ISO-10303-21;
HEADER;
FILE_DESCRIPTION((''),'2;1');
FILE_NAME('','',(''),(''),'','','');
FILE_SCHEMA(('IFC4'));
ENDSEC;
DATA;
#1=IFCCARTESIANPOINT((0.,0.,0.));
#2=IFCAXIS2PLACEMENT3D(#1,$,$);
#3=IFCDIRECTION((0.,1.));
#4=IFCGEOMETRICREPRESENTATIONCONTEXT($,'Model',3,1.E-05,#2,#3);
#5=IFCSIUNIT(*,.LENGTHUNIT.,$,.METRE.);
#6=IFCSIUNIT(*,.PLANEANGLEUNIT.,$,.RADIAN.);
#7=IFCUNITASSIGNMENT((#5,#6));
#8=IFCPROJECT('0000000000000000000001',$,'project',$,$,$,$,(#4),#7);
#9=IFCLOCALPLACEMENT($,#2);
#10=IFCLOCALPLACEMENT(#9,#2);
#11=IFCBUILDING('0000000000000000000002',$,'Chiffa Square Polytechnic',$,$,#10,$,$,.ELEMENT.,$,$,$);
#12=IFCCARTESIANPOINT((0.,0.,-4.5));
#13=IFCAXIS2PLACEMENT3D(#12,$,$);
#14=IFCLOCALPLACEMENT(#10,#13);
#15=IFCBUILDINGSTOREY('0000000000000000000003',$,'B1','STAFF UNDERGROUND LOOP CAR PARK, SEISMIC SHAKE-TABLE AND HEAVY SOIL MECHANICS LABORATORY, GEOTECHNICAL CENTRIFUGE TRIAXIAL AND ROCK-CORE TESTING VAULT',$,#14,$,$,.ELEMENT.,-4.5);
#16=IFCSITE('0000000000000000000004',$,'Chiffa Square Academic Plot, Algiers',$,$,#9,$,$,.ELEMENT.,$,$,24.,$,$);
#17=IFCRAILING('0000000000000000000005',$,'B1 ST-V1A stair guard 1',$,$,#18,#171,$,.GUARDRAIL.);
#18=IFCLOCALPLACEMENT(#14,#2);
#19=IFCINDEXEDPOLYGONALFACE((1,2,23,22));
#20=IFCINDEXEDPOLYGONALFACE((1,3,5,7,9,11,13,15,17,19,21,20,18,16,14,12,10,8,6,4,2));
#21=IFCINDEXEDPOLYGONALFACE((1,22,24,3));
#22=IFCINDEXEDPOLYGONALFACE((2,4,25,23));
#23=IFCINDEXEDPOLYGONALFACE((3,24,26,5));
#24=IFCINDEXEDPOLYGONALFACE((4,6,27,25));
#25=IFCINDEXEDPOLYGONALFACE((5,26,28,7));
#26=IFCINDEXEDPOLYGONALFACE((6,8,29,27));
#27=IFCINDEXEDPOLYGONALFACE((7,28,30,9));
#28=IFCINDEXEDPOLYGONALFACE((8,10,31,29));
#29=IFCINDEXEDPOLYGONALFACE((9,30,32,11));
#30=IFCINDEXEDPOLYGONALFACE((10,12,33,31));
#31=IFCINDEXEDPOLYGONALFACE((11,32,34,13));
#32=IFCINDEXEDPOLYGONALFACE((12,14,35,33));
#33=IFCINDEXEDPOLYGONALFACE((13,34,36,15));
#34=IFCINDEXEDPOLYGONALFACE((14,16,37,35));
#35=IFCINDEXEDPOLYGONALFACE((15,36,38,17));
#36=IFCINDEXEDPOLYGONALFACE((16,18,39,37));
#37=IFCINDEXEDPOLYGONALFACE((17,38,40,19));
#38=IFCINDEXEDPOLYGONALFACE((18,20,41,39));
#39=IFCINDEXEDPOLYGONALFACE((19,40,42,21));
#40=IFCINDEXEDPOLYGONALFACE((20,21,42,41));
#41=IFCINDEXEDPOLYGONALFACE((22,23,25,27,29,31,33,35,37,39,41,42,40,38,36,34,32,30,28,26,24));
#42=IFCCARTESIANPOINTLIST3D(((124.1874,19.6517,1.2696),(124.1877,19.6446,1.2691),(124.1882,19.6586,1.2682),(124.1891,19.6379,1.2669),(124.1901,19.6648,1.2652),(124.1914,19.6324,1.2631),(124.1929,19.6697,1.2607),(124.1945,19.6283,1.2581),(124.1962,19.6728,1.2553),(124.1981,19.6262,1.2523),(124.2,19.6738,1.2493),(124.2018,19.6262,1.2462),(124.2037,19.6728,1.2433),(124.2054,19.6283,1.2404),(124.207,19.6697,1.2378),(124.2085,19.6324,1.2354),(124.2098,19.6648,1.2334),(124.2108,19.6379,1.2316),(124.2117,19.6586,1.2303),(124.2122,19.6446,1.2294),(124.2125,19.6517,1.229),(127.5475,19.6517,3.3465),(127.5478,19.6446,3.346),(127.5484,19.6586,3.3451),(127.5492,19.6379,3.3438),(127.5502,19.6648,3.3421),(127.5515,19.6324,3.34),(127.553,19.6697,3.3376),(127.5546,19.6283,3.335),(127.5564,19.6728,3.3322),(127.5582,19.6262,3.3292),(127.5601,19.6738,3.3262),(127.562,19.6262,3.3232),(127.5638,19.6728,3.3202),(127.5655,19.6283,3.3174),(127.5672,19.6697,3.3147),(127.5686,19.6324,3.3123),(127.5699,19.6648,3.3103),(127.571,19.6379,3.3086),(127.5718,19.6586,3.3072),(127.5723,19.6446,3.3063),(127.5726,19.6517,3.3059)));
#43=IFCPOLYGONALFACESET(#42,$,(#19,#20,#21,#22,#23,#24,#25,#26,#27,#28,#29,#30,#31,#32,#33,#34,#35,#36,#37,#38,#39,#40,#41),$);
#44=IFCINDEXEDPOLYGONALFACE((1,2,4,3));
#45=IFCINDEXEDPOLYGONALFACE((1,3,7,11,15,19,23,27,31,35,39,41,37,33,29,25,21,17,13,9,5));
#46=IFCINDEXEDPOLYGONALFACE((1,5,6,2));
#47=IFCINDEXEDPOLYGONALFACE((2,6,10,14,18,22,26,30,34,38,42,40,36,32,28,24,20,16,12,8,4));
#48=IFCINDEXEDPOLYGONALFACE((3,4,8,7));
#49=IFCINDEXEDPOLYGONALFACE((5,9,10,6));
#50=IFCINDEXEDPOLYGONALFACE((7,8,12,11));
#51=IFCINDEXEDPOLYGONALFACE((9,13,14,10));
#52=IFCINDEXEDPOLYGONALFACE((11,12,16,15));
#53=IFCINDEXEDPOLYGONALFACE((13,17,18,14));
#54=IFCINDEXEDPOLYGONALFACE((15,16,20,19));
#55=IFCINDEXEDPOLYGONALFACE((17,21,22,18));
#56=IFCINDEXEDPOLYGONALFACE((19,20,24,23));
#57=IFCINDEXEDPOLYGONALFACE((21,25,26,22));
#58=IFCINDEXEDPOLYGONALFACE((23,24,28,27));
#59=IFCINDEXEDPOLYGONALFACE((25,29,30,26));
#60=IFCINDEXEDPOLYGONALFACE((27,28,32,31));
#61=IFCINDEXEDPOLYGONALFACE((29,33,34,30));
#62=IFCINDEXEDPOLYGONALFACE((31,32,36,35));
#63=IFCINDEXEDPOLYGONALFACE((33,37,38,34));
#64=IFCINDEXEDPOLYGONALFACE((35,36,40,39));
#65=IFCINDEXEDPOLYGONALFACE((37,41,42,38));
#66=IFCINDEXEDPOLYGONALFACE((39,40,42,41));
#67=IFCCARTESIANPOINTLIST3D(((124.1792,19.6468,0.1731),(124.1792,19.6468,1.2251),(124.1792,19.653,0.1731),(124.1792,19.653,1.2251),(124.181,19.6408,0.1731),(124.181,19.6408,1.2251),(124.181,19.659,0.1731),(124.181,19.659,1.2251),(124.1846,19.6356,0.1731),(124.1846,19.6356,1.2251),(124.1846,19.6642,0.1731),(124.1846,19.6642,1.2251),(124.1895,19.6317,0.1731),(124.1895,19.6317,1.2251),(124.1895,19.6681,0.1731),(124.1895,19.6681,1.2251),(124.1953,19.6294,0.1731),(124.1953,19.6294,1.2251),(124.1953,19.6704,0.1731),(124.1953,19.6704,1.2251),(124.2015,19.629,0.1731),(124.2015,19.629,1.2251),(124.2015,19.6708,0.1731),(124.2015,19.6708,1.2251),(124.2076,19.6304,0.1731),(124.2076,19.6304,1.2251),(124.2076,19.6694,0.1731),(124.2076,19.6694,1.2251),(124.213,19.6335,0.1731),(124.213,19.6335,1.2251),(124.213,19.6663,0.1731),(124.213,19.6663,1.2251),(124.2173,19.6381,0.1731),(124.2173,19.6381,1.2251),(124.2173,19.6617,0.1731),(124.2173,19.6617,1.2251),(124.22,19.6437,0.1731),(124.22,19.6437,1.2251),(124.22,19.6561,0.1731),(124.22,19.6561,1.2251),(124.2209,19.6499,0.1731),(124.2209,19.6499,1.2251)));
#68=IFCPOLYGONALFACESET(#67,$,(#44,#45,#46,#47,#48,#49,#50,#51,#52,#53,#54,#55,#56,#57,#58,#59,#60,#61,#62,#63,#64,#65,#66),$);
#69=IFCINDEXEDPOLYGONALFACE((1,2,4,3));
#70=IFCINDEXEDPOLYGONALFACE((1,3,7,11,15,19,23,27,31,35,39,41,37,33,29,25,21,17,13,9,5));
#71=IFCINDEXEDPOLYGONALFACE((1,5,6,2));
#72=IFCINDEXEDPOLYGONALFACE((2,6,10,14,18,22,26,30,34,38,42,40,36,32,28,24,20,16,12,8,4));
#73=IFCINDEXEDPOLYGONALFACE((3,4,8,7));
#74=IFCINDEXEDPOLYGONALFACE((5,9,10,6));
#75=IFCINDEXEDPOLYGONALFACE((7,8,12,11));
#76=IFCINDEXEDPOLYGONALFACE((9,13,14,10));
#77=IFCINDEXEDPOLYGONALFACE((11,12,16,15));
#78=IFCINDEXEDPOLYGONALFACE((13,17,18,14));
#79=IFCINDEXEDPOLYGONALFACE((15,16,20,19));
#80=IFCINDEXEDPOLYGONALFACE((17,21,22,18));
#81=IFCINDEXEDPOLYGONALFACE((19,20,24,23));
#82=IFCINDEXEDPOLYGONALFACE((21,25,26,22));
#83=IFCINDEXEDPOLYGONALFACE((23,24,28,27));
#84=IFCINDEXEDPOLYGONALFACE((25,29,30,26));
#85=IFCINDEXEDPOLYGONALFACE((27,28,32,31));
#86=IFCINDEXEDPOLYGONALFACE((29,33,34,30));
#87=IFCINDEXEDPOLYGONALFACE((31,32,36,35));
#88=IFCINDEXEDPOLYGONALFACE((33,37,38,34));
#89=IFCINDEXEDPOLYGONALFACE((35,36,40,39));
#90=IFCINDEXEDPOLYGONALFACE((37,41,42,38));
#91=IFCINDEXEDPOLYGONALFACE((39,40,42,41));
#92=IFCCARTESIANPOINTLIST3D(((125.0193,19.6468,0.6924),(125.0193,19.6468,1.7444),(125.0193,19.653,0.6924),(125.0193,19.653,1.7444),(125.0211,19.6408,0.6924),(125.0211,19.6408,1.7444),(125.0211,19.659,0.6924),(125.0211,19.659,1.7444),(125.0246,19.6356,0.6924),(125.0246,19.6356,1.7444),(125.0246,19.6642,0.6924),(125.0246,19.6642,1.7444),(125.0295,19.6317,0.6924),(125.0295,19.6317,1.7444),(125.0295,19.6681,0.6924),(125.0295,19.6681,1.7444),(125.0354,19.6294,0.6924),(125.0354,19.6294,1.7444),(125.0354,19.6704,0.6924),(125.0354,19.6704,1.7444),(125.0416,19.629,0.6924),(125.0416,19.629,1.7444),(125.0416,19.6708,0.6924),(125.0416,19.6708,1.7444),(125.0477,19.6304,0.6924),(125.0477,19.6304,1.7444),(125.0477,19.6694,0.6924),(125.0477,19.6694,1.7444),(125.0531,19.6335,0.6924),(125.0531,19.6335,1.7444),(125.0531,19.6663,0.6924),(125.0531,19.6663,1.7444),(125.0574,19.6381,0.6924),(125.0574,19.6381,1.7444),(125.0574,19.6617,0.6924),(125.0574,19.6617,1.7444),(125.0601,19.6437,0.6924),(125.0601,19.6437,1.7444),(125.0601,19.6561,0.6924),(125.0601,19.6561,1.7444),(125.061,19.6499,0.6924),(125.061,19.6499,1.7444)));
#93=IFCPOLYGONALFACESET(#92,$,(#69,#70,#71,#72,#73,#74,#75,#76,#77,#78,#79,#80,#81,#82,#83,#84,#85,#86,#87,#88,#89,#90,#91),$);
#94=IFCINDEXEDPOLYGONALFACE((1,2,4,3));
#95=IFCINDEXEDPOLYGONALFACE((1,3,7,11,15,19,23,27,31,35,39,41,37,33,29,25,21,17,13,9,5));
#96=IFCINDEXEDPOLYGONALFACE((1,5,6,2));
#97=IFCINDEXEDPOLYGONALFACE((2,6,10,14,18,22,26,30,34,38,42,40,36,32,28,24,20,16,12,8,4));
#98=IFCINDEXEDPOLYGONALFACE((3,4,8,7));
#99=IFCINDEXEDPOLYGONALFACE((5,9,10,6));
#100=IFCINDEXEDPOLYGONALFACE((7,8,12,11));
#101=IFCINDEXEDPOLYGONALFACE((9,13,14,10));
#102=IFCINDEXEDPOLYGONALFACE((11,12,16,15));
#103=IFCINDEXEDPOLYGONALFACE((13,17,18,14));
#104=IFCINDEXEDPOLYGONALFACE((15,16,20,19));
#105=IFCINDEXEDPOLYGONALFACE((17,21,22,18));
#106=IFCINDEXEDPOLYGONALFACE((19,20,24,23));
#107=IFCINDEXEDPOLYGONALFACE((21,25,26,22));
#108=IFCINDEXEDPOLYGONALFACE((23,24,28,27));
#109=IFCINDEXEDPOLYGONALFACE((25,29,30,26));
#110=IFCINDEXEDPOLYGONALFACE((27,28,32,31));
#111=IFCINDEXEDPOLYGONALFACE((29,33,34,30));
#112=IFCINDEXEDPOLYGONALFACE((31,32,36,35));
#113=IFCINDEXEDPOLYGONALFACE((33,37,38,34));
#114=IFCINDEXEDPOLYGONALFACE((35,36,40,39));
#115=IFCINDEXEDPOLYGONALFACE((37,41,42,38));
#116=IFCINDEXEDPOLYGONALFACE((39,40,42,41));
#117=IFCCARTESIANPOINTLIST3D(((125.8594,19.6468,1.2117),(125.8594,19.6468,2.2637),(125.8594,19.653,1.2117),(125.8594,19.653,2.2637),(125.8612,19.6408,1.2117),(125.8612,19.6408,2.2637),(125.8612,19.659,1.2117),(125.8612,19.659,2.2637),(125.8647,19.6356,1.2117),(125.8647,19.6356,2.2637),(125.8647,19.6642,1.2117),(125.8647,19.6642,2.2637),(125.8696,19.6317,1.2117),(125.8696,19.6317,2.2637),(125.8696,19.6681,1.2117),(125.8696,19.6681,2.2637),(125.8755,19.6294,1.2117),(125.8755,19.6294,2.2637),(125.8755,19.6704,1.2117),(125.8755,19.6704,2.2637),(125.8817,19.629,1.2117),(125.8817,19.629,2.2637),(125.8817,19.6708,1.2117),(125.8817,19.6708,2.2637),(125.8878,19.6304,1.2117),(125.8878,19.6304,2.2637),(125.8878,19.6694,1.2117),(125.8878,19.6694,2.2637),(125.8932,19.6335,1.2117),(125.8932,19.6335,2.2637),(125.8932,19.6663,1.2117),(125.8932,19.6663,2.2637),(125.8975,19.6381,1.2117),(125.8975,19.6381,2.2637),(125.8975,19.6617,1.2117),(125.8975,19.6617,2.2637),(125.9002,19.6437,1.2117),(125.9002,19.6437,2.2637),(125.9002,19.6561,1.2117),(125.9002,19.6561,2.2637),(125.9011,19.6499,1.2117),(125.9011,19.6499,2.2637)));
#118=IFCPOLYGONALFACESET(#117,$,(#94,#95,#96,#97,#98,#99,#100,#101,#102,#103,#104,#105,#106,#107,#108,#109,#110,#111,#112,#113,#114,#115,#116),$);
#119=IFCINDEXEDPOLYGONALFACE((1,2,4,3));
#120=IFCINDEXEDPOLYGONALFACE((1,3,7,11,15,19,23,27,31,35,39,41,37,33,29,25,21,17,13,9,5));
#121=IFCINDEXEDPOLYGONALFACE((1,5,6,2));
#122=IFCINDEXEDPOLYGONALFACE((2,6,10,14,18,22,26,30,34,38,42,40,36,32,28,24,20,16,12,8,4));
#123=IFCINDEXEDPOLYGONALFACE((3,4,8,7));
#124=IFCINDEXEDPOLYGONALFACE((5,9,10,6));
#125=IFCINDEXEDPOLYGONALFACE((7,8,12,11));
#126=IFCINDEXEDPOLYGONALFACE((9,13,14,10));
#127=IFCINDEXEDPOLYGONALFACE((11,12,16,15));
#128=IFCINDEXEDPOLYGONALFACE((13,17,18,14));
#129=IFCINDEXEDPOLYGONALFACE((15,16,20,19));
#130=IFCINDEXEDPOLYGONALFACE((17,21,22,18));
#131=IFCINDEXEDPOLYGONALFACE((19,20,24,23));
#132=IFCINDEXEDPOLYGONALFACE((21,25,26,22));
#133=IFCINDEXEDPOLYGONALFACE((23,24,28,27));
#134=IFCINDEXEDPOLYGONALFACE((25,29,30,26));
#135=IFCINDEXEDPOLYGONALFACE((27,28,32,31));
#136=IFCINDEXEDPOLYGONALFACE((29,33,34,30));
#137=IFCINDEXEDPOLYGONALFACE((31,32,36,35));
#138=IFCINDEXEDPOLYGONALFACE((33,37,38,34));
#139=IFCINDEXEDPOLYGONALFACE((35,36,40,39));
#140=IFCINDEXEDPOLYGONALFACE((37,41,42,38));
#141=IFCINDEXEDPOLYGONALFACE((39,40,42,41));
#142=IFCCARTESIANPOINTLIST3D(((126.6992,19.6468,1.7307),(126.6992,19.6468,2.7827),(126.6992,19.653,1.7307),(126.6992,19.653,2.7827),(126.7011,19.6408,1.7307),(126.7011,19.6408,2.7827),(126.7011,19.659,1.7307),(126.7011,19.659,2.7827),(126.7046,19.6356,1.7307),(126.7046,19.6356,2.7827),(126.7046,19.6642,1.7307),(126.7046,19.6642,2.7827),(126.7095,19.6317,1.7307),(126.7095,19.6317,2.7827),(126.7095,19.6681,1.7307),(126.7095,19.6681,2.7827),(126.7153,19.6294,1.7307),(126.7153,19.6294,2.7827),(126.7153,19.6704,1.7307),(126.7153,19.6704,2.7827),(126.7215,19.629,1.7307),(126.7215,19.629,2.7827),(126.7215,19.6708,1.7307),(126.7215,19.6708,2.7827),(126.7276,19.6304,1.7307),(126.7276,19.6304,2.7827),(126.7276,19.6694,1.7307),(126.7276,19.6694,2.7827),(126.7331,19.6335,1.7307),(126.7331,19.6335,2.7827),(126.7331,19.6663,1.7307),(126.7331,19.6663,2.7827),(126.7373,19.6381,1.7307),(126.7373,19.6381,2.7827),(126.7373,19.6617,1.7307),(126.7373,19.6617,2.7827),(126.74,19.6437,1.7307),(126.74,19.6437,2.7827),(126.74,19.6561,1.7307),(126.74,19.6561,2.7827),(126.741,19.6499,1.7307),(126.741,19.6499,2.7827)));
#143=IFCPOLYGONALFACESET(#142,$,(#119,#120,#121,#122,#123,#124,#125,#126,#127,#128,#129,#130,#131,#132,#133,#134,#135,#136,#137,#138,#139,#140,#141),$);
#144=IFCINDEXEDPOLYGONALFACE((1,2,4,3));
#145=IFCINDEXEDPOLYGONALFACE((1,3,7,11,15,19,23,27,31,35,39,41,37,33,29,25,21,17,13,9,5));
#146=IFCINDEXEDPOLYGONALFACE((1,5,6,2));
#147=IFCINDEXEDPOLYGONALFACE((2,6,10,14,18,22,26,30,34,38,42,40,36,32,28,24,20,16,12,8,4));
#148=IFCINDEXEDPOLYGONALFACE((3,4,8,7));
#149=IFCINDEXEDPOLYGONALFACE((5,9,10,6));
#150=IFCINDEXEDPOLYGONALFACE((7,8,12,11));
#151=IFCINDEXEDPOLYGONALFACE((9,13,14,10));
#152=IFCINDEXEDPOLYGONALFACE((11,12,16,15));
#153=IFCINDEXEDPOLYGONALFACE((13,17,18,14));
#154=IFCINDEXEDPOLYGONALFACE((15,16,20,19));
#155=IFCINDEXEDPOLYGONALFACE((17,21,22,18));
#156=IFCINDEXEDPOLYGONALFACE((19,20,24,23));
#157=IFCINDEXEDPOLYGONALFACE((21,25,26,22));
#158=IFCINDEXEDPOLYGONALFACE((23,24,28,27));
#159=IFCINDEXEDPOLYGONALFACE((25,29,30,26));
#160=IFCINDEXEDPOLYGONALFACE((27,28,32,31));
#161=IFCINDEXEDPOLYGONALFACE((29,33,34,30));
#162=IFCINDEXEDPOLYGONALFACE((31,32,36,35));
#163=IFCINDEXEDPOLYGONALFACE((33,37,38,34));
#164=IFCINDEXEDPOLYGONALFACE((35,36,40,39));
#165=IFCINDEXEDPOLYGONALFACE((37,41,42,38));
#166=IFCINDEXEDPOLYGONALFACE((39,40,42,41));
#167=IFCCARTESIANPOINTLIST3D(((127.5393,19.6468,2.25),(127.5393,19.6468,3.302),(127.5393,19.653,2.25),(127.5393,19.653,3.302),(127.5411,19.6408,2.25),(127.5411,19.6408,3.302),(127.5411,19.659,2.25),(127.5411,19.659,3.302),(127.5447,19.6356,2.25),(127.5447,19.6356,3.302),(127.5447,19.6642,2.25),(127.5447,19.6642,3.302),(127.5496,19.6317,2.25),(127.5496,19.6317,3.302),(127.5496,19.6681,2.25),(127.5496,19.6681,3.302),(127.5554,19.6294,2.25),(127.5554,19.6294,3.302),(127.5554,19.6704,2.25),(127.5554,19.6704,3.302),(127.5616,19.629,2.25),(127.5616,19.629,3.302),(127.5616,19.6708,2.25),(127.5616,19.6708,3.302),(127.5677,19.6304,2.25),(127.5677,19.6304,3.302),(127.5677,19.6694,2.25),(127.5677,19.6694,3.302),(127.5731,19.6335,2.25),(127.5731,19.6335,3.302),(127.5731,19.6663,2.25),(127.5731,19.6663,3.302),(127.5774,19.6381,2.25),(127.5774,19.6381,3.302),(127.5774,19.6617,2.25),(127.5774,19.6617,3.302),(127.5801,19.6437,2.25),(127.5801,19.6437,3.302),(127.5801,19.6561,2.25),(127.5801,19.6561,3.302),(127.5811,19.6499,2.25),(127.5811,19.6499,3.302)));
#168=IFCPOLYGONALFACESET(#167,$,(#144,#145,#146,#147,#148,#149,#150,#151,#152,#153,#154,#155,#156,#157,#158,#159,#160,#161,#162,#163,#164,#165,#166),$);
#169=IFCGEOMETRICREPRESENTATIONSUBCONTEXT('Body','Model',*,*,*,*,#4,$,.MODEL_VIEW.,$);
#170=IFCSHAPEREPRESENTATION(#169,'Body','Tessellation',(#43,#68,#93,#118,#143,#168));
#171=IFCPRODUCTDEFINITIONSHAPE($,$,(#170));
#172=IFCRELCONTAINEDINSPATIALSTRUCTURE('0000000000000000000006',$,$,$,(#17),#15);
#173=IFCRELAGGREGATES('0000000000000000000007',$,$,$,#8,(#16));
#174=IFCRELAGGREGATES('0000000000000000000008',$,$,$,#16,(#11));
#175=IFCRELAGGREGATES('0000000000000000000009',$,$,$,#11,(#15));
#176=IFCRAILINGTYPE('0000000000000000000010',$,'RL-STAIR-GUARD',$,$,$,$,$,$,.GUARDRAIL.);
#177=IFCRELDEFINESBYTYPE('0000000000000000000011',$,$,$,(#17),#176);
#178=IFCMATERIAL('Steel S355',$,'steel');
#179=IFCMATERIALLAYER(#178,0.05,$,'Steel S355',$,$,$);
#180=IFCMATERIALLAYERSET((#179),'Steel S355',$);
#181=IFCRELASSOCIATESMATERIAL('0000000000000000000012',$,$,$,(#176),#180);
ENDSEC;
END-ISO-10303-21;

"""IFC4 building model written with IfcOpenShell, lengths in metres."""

from ifc_helpers import new_model, si_unit, direction, frame, origin, origin_2d, place, context, subcontext, project, spatial, circle, extrude, material, layer, layer_set, type_object, element, save


model = new_model("IFC4")

# Units and contexts
model_context = context("Model", 3, precision=1e-05, world=origin(), true_north=direction((0.0, 1.0)))
body_context = subcontext(model_context, "Body", "Model", "MODEL_VIEW")
ifc_project = project(units=[si_unit("LENGTHUNIT", "METRE"), si_unit("PLANEANGLEUNIT", "RADIAN")], contexts=[model_context])

# Site, building, storey
site_placement = place(None, origin())
site = spatial("IfcSite", under=ifc_project, at=site_placement, Name="Chiffa Square Academic Plot, Algiers", CompositionType="ELEMENT", RefElevation=24.0)
building_placement = place(site_placement, origin())
building = spatial("IfcBuilding", under=site, at=building_placement, Name="Chiffa Square Polytechnic", CompositionType="ELEMENT")
storey_placement = place(building_placement, frame((0.0, 0.0, -4.5)))
storey = spatial("IfcBuildingStorey", under=building, at=storey_placement, Name="B1", Description="STAFF UNDERGROUND LOOP CAR PARK, SEISMIC SHAKE-TABLE AND HEAVY SOIL MECHANICS LABORATORY, GEOTECHNICAL CENTRIFUGE TRIAXIAL AND ROCK-CORE TESTING VAULT", CompositionType="ELEMENT", Elevation=-4.5)

# Railing
ifc_material_1 = material(Name="Steel S355", Category="steel")
ifc_layer_1 = layer(ifc_material_1, 0.05, Name="Steel S355")
ifc_layer_set_1 = layer_set([ifc_layer_1], Name="Steel S355")
railing_type_1 = type_object("IfcRailingType", Name="RL-STAIR-GUARD", PredefinedType="GUARDRAIL", material=ifc_layer_set_1)
railing_1_placement = place(storey_placement, frame((124.2, 19.6499, 0.1731)))
element("IfcRailing", 1, at=railing_1_placement, inside=storey, type_object=railing_type_1, Name="B1 ST-V1A stair guard 1", PredefinedType="GUARDRAIL", context=body_context, shape_type="SweptSolid", body=[
    extrude(circle(Radius=0.0239, at=origin_2d()), frame((0.0, 0.0, 1.0762), z_axis=(0.850623, 0.0, 0.525776), x_axis=(0.0, 1.0, 0.0)), (0.0, 0.0, 1.0), 3.9502),
    extrude(circle(Radius=0.021, at=origin_2d()), origin(), (0.0, 0.0, 1.0), 1.052),
    extrude(circle(Radius=0.021, at=origin_2d()), frame((0.8401, 0.0, 0.5193)), (0.0, 0.0, 1.0), 1.052),
    extrude(circle(Radius=0.021, at=origin_2d()), frame((1.6802, 0.0, 1.0386)), (0.0, 0.0, 1.0), 1.052),
    extrude(circle(Radius=0.021, at=origin_2d()), frame((2.52, 0.0, 1.5576)), (0.0, 0.0, 1.0), 1.052),
    extrude(circle(Radius=0.021, at=origin_2d()), frame((3.3601, 0.0, 2.0769)), (0.0, 0.0, 1.0), 1.052),
])

save(model, "model.ifc")
